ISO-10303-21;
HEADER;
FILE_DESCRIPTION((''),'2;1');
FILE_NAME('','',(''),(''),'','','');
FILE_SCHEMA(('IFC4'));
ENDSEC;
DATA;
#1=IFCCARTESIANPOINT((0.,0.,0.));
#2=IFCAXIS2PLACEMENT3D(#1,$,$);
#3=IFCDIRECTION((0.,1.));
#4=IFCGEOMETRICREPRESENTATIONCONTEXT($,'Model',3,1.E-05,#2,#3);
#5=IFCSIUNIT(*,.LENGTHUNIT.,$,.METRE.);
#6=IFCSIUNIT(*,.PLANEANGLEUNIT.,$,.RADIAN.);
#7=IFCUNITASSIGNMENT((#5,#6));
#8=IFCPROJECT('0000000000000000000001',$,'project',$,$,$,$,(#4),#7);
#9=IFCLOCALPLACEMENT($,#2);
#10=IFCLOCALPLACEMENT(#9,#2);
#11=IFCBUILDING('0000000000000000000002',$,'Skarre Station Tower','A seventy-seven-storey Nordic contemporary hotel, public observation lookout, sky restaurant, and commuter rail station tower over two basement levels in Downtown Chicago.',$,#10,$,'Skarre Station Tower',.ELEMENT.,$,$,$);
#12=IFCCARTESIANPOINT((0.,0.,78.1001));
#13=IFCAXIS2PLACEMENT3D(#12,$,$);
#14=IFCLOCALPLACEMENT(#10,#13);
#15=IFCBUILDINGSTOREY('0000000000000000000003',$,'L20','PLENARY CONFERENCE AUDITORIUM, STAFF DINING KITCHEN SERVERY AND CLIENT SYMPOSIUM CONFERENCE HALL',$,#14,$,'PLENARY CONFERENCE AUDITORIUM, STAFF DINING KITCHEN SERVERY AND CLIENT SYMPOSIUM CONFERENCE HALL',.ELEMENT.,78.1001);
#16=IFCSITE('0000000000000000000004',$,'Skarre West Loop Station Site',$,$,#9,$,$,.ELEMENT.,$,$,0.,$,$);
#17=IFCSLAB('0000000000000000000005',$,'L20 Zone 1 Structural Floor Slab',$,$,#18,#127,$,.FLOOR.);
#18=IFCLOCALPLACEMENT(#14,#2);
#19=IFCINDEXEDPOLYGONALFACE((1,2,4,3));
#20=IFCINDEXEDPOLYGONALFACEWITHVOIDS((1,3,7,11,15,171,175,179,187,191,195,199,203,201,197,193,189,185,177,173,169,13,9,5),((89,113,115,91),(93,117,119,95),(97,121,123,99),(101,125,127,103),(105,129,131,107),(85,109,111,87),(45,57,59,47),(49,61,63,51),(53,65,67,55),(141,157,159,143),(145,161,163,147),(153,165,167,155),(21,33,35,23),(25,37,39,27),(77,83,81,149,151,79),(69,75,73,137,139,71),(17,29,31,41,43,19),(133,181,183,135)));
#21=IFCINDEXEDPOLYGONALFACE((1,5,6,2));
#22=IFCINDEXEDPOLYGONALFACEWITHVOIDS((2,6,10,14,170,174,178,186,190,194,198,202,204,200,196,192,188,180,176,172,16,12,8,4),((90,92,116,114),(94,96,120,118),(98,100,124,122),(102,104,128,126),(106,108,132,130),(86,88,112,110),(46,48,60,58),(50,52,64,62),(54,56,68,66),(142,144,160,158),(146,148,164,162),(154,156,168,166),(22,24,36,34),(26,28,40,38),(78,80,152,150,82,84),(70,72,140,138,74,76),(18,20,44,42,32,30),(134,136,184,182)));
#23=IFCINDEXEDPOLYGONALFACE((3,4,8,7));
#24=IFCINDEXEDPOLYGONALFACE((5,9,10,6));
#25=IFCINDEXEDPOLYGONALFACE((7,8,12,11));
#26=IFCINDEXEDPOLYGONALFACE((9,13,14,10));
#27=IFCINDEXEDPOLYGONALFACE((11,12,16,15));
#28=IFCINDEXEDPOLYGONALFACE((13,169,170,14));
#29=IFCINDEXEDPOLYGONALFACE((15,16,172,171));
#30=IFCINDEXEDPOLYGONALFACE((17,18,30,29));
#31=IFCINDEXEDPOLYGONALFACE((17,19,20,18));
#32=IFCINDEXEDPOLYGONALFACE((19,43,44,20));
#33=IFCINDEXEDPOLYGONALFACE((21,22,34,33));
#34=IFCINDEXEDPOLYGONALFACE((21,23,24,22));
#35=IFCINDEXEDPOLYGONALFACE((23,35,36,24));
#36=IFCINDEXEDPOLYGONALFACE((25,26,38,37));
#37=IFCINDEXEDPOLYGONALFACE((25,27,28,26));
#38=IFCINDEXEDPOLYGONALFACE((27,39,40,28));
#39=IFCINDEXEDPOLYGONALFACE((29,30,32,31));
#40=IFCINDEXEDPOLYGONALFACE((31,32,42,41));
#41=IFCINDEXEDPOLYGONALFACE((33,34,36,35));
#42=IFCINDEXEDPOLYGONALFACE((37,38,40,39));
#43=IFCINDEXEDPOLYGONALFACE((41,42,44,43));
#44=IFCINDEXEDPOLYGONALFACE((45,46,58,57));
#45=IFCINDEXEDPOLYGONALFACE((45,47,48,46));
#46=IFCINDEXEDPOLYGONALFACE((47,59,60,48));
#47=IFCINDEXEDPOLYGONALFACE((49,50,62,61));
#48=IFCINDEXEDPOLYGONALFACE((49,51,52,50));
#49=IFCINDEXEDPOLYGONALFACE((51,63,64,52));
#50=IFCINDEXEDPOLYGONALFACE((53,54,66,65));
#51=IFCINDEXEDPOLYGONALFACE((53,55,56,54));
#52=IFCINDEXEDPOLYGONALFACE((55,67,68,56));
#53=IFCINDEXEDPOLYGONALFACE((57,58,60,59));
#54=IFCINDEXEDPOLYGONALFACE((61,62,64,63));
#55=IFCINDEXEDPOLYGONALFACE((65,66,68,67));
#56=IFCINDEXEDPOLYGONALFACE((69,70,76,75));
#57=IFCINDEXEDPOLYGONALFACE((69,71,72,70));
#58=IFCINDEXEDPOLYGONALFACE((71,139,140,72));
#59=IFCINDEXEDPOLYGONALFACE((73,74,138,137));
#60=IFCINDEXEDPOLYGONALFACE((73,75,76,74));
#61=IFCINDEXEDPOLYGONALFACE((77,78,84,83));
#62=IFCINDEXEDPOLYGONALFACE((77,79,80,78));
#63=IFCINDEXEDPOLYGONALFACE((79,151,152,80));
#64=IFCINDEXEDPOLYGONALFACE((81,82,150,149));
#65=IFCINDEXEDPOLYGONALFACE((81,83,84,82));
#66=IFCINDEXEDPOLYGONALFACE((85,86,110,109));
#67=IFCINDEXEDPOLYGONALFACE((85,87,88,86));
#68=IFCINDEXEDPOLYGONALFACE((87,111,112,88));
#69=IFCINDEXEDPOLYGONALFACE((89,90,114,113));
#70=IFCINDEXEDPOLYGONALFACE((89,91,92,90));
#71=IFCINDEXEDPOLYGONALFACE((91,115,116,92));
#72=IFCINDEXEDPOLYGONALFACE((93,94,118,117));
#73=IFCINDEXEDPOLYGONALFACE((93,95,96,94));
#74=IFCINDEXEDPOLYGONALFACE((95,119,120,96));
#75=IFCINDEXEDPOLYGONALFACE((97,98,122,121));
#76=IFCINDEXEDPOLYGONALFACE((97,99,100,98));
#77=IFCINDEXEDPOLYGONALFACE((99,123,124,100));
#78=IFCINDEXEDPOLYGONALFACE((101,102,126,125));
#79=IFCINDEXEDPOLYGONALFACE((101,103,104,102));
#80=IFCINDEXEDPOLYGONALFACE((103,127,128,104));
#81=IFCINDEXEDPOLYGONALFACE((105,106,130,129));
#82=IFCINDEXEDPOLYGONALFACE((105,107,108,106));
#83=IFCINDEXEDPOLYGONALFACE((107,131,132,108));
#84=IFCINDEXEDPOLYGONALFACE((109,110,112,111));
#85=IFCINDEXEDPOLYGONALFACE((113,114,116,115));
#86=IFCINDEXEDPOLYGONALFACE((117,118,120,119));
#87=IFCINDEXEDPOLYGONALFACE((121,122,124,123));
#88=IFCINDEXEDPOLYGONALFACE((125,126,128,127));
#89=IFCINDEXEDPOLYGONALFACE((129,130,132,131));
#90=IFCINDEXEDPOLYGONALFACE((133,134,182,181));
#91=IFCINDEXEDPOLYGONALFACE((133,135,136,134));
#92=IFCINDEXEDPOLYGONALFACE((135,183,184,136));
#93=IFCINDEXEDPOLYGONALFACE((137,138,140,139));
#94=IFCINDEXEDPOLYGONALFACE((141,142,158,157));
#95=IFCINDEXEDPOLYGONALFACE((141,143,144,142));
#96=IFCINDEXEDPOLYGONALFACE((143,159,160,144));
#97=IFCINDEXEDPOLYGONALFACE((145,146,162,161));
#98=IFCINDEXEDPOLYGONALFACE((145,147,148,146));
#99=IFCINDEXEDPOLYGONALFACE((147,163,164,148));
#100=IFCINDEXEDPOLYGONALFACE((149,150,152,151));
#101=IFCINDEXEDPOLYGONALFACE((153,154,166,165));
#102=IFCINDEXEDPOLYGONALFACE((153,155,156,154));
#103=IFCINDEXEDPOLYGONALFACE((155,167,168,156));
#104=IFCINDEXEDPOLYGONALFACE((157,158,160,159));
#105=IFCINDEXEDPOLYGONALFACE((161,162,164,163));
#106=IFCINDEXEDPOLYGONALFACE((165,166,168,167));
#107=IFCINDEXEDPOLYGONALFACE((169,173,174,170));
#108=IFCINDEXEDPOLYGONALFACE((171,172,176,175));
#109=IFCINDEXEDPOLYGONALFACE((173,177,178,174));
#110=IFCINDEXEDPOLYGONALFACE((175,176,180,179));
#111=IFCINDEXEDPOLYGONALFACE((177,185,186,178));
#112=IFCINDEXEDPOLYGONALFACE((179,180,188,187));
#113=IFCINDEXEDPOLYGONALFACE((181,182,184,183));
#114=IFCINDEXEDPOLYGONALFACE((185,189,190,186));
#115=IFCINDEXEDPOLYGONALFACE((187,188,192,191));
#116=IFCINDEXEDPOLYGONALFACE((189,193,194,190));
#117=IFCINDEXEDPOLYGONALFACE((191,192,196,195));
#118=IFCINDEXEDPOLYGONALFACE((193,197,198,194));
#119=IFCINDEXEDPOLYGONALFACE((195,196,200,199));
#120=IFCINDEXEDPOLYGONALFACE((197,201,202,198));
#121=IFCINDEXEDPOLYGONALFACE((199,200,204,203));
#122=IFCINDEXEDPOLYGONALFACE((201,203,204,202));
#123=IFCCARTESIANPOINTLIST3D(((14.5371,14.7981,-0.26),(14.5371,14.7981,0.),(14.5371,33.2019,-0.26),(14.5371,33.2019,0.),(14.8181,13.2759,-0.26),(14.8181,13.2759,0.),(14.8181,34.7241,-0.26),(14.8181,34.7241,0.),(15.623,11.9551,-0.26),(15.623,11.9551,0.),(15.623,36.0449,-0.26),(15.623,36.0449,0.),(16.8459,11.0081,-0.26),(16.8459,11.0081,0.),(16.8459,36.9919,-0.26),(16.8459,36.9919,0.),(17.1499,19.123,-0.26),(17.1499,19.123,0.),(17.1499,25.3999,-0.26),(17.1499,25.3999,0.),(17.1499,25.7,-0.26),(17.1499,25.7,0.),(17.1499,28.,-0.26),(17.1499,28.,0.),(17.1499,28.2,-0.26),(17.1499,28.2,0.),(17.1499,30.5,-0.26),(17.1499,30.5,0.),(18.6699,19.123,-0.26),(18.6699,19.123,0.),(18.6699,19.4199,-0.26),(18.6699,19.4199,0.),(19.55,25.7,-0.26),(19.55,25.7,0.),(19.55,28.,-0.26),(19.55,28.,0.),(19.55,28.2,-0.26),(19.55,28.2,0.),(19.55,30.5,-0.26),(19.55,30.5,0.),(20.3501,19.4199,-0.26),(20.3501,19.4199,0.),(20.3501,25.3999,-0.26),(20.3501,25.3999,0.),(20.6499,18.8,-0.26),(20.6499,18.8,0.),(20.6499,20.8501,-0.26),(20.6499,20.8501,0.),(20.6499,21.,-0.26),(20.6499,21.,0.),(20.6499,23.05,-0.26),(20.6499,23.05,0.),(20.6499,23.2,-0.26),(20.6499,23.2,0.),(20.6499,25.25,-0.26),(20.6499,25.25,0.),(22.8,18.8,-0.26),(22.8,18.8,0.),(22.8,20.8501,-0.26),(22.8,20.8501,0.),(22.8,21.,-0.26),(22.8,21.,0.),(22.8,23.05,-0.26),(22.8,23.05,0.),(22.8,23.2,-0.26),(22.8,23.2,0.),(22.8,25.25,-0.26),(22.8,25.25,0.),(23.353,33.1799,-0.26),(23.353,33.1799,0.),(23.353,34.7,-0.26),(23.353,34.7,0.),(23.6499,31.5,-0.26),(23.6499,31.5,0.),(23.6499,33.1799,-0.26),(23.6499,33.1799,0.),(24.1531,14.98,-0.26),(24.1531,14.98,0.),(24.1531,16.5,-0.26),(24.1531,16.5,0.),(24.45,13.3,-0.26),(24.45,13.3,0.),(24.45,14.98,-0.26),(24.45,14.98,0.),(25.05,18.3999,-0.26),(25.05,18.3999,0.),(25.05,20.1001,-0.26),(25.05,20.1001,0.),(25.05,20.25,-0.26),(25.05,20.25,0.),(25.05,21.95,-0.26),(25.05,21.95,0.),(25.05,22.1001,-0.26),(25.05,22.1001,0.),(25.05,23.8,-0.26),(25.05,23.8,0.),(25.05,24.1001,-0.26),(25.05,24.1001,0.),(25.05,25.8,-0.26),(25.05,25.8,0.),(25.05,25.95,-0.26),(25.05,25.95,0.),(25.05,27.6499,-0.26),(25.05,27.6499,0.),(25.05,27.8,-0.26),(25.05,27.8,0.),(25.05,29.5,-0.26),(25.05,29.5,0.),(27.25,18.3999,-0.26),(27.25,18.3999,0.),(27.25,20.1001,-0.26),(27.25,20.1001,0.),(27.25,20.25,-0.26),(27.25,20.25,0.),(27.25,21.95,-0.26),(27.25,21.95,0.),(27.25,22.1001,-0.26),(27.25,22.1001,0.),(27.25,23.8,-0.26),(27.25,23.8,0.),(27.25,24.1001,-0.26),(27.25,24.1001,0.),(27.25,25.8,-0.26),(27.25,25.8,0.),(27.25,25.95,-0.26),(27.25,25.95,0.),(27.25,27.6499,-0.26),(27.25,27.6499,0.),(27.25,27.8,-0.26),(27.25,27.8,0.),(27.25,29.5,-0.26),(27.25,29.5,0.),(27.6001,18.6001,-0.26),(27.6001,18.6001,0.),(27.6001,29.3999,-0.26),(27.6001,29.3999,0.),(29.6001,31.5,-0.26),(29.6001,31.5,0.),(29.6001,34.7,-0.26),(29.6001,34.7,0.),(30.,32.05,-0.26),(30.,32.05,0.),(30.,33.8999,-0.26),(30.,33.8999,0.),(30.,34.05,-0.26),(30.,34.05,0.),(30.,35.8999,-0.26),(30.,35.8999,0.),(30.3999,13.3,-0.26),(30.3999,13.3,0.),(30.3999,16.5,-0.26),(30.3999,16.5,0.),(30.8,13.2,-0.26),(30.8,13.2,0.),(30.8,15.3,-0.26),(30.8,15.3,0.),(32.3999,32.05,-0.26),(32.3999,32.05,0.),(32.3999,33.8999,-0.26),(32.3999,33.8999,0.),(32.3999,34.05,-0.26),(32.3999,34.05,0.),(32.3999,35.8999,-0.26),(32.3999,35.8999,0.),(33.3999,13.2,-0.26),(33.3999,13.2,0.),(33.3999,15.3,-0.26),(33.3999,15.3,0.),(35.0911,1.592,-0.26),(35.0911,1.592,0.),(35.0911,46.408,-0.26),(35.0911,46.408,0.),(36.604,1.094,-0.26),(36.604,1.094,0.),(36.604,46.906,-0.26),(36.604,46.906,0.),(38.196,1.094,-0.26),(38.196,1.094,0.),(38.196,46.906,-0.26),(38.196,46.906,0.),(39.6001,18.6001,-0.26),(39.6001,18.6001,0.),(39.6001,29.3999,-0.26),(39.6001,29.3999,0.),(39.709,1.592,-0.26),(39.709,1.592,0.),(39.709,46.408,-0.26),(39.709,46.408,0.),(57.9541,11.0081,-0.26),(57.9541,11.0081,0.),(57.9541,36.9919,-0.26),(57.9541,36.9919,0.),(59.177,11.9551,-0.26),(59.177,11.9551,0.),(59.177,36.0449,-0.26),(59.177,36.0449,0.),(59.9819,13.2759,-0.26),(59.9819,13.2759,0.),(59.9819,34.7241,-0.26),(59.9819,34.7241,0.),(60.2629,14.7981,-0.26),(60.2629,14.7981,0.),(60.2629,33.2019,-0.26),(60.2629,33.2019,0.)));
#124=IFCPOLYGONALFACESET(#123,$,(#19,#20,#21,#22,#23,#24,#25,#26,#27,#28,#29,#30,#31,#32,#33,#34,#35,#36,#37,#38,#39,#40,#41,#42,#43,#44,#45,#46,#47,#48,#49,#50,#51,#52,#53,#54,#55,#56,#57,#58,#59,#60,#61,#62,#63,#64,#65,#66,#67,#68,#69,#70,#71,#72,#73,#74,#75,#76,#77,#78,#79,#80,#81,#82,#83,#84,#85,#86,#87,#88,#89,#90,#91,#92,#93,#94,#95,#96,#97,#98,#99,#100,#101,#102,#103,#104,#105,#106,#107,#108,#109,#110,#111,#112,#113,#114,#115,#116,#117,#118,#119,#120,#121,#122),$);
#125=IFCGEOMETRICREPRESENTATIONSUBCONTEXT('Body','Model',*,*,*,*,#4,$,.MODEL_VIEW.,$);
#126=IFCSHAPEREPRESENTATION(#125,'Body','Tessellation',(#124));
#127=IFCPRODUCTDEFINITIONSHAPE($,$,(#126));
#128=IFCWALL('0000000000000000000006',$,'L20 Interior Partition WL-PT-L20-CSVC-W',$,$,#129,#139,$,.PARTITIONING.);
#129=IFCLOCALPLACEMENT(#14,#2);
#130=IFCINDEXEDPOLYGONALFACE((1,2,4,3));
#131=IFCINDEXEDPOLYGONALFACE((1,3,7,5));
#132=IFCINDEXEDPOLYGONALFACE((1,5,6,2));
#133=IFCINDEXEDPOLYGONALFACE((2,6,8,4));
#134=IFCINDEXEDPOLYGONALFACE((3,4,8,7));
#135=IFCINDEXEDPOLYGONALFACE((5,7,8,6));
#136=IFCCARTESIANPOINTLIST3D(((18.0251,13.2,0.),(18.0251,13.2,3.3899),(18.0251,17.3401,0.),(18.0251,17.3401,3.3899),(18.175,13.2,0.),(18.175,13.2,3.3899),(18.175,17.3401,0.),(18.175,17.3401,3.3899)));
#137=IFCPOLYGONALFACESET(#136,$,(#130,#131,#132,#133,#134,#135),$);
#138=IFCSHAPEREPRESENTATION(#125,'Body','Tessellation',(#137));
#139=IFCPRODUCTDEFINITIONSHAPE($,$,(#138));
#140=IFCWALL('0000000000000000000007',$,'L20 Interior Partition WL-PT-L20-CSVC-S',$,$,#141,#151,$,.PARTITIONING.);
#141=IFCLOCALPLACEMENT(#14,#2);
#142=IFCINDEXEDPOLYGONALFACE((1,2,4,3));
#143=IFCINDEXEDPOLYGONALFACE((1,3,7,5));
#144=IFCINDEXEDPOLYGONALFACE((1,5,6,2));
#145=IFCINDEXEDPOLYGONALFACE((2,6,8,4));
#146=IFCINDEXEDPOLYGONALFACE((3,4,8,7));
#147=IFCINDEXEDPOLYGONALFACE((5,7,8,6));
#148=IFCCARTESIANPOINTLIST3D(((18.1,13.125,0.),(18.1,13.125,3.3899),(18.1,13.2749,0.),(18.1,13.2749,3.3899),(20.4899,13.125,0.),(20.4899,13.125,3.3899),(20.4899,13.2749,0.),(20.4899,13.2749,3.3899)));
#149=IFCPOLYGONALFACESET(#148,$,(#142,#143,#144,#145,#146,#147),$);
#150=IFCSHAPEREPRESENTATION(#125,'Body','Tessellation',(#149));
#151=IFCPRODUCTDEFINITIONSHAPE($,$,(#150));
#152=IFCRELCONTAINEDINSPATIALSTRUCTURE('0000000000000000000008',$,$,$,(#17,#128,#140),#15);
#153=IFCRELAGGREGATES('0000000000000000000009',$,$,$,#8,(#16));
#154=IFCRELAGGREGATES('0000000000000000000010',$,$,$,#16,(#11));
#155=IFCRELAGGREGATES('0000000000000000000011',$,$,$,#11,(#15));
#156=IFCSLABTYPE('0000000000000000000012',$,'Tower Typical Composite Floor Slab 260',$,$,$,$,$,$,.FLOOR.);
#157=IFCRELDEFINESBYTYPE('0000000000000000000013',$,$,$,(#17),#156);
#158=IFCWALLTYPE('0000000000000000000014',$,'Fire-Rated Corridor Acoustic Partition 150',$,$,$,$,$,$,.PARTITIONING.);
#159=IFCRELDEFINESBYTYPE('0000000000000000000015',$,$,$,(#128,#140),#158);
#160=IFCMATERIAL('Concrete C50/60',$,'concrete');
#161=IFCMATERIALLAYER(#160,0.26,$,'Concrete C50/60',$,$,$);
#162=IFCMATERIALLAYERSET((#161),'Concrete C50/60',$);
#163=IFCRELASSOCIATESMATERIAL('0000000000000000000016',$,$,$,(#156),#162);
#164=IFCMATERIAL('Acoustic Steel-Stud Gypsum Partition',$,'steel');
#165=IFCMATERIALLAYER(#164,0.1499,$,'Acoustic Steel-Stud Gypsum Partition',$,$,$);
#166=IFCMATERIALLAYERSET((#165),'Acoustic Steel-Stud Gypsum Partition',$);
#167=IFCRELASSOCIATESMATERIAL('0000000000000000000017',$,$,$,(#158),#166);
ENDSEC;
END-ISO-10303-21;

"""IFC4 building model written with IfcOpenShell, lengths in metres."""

from ifc_helpers import new_model, si_unit, direction, frame, frame_2d, origin, place, context, subcontext, project, spatial, polyline, rectangle, outline, extrude, material, layer, layer_set, type_object, element, save


model = new_model("IFC4")

# Units and contexts
model_context = context("Model", 3, precision=1e-05, world=origin(), true_north=direction((0.0, 1.0)))
body_context = subcontext(model_context, "Body", "Model", "MODEL_VIEW")
ifc_project = project(units=[si_unit("LENGTHUNIT", "METRE"), si_unit("PLANEANGLEUNIT", "RADIAN")], contexts=[model_context])

# Site, building, storey
site_placement = place(None, origin())
site = spatial("IfcSite", under=ifc_project, at=site_placement, Name="Skarre West Loop Station Site", CompositionType="ELEMENT", RefElevation=0.0)
building_placement = place(site_placement, origin())
building = spatial("IfcBuilding", under=site, at=building_placement, Name="Skarre Station Tower", Description="A seventy-seven-storey Nordic contemporary hotel, public observation lookout, sky restaurant, and commuter rail station tower over two basement levels in Downtown Chicago.", LongName="Skarre Station Tower", CompositionType="ELEMENT")
storey_placement = place(building_placement, frame((0.0, 0.0, 78.1001)))
storey = spatial("IfcBuildingStorey", under=building, at=storey_placement, Name="L20", Description="PLENARY CONFERENCE AUDITORIUM, STAFF DINING KITCHEN SERVERY AND CLIENT SYMPOSIUM CONFERENCE HALL", LongName="PLENARY CONFERENCE AUDITORIUM, STAFF DINING KITCHEN SERVERY AND CLIENT SYMPOSIUM CONFERENCE HALL", CompositionType="ELEMENT", Elevation=78.1001)

# Slab
ifc_material_1 = material(Name="Concrete C50/60", Category="concrete")
ifc_layer_1 = layer(ifc_material_1, 0.26, Name="Concrete C50/60")
ifc_layer_set_1 = layer_set([ifc_layer_1], Name="Concrete C50/60")
slab_type_1 = type_object("IfcSlabType", Name="Tower Typical Composite Floor Slab 260", PredefinedType="FLOOR", material=ifc_layer_set_1)
slab_1_placement = place(storey_placement, frame((0.0, 0.0, -0.26)))
element("IfcSlab", 1, at=slab_1_placement, inside=storey, type_object=slab_type_1, Name="L20 Zone 1 Structural Floor Slab", PredefinedType="FLOOR", context=body_context, shape_type="SweptSolid", body=[
    extrude(outline(polyline([(60.2629, 33.2019), (59.9819, 34.7241), (59.177, 36.0449), (57.9541, 36.9919), (39.709, 46.408), (38.196, 46.906), (36.604, 46.906), (35.0911, 46.408), (16.8459, 36.9919), (15.623, 36.0449), (14.8181, 34.7241), (14.5371, 33.2019), (14.5371, 14.7981), (14.8181, 13.2759), (15.623, 11.9551), (16.8459, 11.0081), (35.0911, 1.592), (36.604, 1.094), (38.196, 1.094), (39.709, 1.592), (57.9541, 11.0081), (59.177, 11.9551), (59.9819, 13.2759), (60.2629, 14.7981), (60.2629, 33.2019)]), holes=[polyline([(18.6699, 19.4199), (18.6699, 19.123), (17.1499, 19.123), (17.1499, 25.3999), (20.3501, 25.3999), (20.3501, 19.4199), (18.6699, 19.4199)]), polyline([(24.45, 14.98), (24.1531, 14.98), (24.1531, 16.5), (30.3999, 16.5), (30.3999, 13.3), (24.45, 13.3), (24.45, 14.98)]), polyline([(23.6499, 33.1799), (23.353, 33.1799), (23.353, 34.7), (29.6001, 34.7), (29.6001, 31.5), (23.6499, 31.5), (23.6499, 33.1799)]), polyline([(17.1499, 28.0), (19.55, 28.0), (19.55, 25.7), (17.1499, 25.7), (17.1499, 28.0)]), polyline([(17.1499, 30.5), (19.55, 30.5), (19.55, 28.2), (17.1499, 28.2), (17.1499, 30.5)]), polyline([(30.8, 15.3), (33.3999, 15.3), (33.3999, 13.2), (30.8, 13.2), (30.8, 15.3)]), polyline([(25.05, 20.1001), (27.25, 20.1001), (27.25, 18.3999), (25.05, 18.3999), (25.05, 20.1001)]), polyline([(25.05, 21.95), (27.25, 21.95), (27.25, 20.25), (25.05, 20.25), (25.05, 21.95)]), polyline([(25.05, 23.8), (27.25, 23.8), (27.25, 22.1001), (25.05, 22.1001), (25.05, 23.8)]), polyline([(25.05, 25.8), (27.25, 25.8), (27.25, 24.1001), (25.05, 24.1001), (25.05, 25.8)]), polyline([(25.05, 27.6499), (27.25, 27.6499), (27.25, 25.95), (25.05, 25.95), (25.05, 27.6499)]), polyline([(25.05, 29.5), (27.25, 29.5), (27.25, 27.8), (25.05, 27.8), (25.05, 29.5)]), polyline([(20.6499, 20.8501), (22.8, 20.8501), (22.8, 18.8), (20.6499, 18.8), (20.6499, 20.8501)]), polyline([(20.6499, 23.05), (22.8, 23.05), (22.8, 21.0), (20.6499, 21.0), (20.6499, 23.05)]), polyline([(20.6499, 25.25), (22.8, 25.25), (22.8, 23.2), (20.6499, 23.2), (20.6499, 25.25)]), polyline([(30.0, 33.8999), (32.3999, 33.8999), (32.3999, 32.05), (30.0, 32.05), (30.0, 33.8999)]), polyline([(30.0, 35.8999), (32.3999, 35.8999), (32.3999, 34.05), (30.0, 34.05), (30.0, 35.8999)]), polyline([(27.6001, 29.3999), (39.6001, 29.3999), (39.6001, 18.6001), (27.6001, 18.6001), (27.6001, 29.3999)])]), origin(), (0.0, 0.0, 1.0), 0.26),
])

# Walls
ifc_material_2 = material(Name="Acoustic Steel-Stud Gypsum Partition", Category="steel")
ifc_layer_2 = layer(ifc_material_2, 0.1499, Name="Acoustic Steel-Stud Gypsum Partition")
ifc_layer_set_2 = layer_set([ifc_layer_2], Name="Acoustic Steel-Stud Gypsum Partition")
wall_type_1 = type_object("IfcWallType", Name="Fire-Rated Corridor Acoustic Partition 150", PredefinedType="PARTITIONING", material=ifc_layer_set_2)
wall_1_placement = place(storey_placement, frame((18.1001, 17.3401, 0.0), z_axis=(0.0, 0.0, 1.0), x_axis=(0.0, -1.0, 0.0)))
element("IfcWall", 2, at=wall_1_placement, inside=storey, type_object=wall_type_1, Name="L20 Interior Partition WL-PT-L20-CSVC-W", PredefinedType="PARTITIONING", context=body_context, shape_type="SweptSolid", body=[
    extrude(rectangle(XDim=4.1401, YDim=0.1499, at=frame_2d((2.0701, 0.0))), origin(), (0.0, 0.0, 1.0), 3.3899),
])
wall_2_placement = place(storey_placement, frame((18.1001, 13.2, 0.0), z_axis=(0.0, 0.0, 1.0), x_axis=(1.0, 0.0, 0.0)))
element("IfcWall", 3, at=wall_2_placement, inside=storey, type_object=wall_type_1, Name="L20 Interior Partition WL-PT-L20-CSVC-S", PredefinedType="PARTITIONING", context=body_context, shape_type="SweptSolid", body=[
    extrude(rectangle(XDim=2.3899, YDim=0.1499, at=frame_2d((1.1948, 0.0))), origin(), (0.0, 0.0, 1.0), 3.3899),
])

save(model, "model.ifc")
